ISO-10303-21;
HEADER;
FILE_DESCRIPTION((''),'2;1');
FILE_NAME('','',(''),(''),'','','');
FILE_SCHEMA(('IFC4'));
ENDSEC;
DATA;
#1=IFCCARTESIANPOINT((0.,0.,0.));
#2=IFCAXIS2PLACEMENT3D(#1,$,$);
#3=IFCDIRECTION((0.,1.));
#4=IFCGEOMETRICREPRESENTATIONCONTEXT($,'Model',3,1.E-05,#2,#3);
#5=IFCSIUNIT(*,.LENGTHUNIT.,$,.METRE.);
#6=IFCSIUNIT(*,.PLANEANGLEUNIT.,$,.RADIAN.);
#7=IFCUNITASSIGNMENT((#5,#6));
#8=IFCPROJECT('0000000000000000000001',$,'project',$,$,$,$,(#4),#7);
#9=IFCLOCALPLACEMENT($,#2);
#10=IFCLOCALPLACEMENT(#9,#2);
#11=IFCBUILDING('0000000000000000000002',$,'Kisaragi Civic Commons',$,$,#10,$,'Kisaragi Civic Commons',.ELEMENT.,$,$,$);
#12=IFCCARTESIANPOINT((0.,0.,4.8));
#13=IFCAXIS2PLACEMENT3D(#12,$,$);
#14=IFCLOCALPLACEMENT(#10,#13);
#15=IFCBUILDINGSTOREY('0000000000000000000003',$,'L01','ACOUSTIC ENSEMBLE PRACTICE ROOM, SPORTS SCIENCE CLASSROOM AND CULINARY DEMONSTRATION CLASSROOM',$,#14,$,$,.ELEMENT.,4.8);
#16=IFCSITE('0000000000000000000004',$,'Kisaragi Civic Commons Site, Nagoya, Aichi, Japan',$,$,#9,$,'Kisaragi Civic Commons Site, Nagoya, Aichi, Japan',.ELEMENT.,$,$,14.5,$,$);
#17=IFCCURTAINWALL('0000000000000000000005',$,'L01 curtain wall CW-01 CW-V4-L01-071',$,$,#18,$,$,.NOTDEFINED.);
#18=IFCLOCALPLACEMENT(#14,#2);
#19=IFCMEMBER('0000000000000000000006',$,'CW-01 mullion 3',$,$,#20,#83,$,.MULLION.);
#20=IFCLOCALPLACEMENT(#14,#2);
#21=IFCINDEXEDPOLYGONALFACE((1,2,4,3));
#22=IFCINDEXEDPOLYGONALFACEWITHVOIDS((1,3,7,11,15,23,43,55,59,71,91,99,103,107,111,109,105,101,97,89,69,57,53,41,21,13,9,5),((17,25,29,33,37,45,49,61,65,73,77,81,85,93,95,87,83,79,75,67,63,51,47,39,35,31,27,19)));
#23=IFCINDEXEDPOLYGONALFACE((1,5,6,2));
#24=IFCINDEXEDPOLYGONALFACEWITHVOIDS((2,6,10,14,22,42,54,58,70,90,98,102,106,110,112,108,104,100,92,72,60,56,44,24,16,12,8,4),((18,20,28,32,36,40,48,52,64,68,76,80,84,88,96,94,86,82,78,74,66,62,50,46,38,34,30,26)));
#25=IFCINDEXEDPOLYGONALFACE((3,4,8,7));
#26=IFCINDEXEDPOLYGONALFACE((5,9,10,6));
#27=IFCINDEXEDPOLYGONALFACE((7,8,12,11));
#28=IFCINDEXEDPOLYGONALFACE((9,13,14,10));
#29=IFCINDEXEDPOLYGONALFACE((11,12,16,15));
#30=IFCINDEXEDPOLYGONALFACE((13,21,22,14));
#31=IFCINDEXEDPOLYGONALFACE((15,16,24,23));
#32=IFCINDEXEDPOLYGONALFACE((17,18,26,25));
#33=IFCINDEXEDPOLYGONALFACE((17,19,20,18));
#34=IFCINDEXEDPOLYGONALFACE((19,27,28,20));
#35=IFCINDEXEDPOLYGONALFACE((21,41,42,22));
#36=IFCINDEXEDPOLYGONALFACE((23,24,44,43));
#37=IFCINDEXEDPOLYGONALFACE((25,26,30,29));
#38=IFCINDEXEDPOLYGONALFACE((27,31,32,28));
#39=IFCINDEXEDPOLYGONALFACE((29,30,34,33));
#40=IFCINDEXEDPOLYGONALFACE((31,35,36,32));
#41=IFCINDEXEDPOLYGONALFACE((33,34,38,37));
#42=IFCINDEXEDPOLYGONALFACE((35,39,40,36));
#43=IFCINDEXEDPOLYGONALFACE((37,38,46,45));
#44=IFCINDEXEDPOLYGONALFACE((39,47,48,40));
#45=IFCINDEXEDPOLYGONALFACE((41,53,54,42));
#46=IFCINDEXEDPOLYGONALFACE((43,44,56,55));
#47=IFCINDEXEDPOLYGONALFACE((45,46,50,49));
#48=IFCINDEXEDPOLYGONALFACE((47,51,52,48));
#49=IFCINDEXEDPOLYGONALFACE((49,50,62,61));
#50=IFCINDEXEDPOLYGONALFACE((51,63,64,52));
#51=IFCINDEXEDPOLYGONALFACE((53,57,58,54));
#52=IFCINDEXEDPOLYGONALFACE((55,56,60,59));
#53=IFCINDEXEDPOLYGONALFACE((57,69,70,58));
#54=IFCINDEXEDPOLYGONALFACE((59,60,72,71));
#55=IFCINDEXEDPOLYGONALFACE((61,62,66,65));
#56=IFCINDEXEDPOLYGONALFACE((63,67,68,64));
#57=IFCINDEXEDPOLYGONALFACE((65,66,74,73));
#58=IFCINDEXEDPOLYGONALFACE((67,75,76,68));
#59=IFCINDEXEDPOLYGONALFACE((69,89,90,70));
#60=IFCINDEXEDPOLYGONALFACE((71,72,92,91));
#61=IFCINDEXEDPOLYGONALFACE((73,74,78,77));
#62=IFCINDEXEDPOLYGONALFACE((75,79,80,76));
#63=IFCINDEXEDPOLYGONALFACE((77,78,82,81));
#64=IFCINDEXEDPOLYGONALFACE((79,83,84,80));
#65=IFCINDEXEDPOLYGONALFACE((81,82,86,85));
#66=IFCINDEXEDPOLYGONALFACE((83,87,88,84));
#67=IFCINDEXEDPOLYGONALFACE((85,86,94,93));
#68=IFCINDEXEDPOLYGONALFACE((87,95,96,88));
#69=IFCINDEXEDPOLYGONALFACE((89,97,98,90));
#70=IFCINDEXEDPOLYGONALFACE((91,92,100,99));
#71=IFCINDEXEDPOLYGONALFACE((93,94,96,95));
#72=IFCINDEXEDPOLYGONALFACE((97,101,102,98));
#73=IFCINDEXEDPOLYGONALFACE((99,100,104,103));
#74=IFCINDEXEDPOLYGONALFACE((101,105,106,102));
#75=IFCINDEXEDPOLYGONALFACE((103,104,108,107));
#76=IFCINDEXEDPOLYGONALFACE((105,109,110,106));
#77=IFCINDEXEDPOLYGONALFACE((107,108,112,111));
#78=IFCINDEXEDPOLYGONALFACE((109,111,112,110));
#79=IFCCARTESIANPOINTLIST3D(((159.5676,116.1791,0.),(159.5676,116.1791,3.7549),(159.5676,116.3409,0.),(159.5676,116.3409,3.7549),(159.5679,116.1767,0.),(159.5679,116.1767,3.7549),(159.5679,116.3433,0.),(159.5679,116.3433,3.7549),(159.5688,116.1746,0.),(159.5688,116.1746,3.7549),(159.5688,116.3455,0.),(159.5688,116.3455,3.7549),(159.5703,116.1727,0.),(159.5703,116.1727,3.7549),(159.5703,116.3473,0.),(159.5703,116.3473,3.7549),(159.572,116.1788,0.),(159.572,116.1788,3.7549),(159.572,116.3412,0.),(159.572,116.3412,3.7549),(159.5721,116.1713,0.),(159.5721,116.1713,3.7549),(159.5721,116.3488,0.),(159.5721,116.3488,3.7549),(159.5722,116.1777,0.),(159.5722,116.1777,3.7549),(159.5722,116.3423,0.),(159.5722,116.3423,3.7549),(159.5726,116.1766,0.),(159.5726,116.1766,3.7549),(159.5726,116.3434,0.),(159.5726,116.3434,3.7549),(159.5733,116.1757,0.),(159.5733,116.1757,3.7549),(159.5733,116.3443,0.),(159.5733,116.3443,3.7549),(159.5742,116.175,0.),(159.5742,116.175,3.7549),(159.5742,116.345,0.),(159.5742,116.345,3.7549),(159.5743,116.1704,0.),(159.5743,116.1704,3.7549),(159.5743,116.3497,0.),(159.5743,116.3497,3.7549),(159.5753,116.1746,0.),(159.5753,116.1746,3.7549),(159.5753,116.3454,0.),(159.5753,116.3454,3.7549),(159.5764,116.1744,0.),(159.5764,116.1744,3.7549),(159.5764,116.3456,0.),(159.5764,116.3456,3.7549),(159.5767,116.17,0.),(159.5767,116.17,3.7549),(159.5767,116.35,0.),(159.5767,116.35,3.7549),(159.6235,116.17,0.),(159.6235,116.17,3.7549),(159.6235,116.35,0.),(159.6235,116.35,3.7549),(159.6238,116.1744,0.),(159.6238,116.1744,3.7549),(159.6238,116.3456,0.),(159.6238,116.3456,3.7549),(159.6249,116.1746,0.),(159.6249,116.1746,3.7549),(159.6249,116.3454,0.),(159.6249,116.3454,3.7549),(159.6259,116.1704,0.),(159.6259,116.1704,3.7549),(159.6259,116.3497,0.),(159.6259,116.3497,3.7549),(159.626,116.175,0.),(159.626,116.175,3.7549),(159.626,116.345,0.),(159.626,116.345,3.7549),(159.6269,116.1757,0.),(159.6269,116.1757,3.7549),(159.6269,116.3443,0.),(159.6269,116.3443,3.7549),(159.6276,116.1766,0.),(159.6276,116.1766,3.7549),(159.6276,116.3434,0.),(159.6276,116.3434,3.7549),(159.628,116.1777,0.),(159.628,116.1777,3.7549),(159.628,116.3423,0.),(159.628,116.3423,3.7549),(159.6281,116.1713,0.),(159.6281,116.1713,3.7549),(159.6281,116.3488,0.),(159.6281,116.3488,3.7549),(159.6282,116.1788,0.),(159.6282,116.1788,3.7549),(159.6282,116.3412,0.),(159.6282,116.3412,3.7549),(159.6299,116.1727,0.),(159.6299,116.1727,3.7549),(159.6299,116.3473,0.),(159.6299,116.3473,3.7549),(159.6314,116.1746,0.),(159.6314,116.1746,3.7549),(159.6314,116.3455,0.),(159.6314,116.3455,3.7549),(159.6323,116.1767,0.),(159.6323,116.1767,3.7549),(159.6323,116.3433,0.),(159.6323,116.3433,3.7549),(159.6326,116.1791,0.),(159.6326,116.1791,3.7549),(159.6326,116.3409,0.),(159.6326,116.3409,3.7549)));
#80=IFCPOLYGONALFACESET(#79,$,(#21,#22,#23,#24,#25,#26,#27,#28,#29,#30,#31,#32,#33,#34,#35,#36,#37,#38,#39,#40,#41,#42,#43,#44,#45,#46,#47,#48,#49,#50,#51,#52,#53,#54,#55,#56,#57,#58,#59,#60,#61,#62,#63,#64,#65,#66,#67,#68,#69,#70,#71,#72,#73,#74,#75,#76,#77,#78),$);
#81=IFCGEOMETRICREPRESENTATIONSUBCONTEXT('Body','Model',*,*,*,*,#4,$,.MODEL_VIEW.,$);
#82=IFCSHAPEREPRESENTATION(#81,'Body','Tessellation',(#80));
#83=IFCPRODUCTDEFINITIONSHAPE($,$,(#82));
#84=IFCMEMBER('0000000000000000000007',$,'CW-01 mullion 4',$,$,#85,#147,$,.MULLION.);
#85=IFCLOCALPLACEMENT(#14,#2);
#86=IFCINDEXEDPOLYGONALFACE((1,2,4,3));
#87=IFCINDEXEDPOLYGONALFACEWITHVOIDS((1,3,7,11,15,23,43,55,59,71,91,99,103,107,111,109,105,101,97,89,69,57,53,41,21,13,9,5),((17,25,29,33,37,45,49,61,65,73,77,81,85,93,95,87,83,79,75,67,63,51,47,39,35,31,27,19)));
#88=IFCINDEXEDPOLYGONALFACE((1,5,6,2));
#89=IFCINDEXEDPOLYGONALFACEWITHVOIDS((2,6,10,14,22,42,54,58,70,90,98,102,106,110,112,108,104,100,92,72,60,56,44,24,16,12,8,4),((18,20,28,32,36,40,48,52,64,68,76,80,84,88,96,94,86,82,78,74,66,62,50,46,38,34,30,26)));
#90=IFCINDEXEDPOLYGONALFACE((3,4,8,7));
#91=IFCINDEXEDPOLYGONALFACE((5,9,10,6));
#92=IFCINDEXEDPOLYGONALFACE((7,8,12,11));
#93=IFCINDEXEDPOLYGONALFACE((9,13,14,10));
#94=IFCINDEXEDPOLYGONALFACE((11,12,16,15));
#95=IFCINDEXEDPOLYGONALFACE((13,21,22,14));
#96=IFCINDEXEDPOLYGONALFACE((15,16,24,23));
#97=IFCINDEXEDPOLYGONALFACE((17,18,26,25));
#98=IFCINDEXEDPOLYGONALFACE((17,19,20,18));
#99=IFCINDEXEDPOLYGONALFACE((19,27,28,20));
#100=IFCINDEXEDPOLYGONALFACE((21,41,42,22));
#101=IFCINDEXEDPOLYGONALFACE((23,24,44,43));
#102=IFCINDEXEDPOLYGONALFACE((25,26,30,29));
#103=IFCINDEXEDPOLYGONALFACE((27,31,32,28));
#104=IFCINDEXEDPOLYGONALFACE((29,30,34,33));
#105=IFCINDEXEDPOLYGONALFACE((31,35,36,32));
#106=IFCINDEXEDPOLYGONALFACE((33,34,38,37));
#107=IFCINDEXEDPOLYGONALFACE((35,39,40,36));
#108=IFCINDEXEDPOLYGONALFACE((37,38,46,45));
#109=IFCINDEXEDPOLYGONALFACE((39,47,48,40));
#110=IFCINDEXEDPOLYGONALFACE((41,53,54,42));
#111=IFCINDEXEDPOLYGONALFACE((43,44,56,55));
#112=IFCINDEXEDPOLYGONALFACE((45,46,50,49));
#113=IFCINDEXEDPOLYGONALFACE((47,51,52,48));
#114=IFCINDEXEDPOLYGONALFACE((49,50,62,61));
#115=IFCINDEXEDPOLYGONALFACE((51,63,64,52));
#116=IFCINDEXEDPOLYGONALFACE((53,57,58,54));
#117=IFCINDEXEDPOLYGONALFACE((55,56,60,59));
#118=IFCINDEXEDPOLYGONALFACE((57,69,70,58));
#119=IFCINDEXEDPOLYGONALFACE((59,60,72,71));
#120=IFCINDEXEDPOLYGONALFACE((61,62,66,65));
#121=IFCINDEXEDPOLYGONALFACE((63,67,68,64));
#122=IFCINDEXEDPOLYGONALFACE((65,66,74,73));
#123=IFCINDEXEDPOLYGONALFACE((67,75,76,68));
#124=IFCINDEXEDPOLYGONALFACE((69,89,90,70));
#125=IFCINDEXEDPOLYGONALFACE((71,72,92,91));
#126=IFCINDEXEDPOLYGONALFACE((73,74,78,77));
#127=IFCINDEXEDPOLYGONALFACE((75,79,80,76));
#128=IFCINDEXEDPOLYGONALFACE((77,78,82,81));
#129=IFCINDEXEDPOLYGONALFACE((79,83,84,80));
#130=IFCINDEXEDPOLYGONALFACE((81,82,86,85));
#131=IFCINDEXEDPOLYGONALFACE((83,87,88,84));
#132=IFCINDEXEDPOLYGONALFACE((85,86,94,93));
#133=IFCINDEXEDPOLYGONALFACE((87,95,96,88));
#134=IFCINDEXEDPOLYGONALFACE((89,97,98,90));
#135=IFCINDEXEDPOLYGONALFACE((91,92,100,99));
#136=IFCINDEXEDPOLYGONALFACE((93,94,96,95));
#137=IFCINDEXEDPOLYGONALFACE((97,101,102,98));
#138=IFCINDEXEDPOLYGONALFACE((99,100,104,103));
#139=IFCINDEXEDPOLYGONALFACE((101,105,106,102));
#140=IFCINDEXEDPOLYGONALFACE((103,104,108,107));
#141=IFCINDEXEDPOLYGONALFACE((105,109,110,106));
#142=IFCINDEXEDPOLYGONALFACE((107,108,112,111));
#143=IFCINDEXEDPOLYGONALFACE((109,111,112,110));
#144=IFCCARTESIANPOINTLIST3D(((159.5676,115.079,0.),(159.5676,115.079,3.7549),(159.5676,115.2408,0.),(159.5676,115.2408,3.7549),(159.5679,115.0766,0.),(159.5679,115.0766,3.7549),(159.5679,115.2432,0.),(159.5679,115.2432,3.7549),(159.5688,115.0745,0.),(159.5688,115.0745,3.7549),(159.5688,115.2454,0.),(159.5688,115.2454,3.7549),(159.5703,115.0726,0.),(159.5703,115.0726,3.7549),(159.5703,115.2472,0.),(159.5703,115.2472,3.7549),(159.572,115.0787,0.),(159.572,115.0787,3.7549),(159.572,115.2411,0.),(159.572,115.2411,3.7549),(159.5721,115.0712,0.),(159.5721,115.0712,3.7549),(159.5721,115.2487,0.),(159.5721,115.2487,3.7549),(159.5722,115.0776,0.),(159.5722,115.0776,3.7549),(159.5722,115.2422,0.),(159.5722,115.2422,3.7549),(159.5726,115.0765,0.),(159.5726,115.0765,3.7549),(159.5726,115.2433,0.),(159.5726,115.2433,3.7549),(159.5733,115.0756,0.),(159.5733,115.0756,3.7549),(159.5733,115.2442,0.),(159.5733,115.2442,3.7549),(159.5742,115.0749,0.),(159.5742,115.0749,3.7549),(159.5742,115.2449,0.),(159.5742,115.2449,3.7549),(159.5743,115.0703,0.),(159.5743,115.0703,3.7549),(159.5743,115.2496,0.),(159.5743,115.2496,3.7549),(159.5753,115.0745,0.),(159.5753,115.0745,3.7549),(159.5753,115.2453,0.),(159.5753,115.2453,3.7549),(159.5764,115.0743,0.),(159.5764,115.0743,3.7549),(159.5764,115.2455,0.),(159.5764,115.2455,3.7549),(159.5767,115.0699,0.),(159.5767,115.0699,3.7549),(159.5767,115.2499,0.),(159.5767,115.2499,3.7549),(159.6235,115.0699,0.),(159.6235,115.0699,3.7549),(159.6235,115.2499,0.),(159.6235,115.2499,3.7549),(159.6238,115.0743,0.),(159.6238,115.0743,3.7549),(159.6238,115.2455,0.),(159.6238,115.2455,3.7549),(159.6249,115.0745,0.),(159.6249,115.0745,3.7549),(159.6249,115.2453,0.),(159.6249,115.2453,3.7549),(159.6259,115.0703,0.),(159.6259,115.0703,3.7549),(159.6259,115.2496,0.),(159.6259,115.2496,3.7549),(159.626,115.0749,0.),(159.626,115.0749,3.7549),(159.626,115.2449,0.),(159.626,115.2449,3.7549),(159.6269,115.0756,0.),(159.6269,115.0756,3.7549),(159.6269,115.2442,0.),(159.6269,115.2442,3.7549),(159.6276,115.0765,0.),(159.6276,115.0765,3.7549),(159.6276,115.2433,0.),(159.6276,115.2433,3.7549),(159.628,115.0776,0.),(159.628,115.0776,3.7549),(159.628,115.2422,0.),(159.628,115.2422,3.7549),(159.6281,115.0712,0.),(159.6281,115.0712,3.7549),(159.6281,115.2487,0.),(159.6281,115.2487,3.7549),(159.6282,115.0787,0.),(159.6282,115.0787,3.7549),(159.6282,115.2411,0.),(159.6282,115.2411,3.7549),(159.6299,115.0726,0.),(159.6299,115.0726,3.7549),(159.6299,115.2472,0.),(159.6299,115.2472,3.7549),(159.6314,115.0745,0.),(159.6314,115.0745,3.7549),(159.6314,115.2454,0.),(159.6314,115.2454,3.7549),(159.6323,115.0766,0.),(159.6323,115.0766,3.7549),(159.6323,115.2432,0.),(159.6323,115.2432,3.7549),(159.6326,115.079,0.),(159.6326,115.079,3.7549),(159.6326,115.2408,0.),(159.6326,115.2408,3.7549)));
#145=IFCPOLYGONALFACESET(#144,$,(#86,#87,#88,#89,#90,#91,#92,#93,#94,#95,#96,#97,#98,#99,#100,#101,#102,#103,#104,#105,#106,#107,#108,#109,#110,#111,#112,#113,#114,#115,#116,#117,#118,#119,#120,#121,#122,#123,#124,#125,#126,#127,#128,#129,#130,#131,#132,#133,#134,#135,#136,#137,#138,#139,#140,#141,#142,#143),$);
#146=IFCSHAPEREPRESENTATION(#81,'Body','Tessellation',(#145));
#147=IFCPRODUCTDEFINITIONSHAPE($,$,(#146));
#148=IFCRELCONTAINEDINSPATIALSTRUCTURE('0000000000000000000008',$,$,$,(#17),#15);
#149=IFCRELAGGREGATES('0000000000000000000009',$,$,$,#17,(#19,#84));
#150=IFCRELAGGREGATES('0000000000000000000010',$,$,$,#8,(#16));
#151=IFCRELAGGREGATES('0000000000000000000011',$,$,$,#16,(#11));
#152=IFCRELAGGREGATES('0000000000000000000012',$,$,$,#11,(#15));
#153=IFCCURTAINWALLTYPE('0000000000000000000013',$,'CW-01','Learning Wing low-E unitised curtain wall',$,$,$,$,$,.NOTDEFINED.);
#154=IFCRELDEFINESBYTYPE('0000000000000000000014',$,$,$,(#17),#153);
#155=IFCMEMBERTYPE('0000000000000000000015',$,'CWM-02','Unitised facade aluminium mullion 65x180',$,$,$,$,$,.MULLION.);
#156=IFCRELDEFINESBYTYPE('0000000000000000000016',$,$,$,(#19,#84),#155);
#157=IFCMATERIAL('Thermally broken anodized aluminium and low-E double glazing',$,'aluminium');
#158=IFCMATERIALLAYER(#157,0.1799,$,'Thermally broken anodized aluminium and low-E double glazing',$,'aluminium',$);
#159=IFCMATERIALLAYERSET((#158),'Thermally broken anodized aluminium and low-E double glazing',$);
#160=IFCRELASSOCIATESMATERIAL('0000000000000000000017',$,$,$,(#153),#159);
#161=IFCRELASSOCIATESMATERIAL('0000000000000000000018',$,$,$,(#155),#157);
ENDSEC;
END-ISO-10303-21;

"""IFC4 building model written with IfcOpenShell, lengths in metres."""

from ifc_helpers import new_model, si_unit, direction, frame, origin, origin_2d, place, context, subcontext, project, spatial, hollow_rectangle, extrude, material, layer, layer_set, material_profile, profile_set, type_object, element, aggregate, save


model = new_model("IFC4")

# Units and contexts
model_context = context("Model", 3, precision=1e-05, world=origin(), true_north=direction((0.0, 1.0)))
body_context = subcontext(model_context, "Body", "Model", "MODEL_VIEW")
ifc_project = project(units=[si_unit("LENGTHUNIT", "METRE"), si_unit("PLANEANGLEUNIT", "RADIAN")], contexts=[model_context])

# Site, building, storey
site_placement = place(None, origin())
site = spatial("IfcSite", under=ifc_project, at=site_placement, Name="Kisaragi Civic Commons Site, Nagoya, Aichi, Japan", LongName="Kisaragi Civic Commons Site, Nagoya, Aichi, Japan", CompositionType="ELEMENT", RefElevation=14.5)
building_placement = place(site_placement, origin())
building = spatial("IfcBuilding", under=site, at=building_placement, Name="Kisaragi Civic Commons", LongName="Kisaragi Civic Commons", CompositionType="ELEMENT")
storey_placement = place(building_placement, frame((0.0, 0.0, 4.8)))
storey = spatial("IfcBuildingStorey", under=building, at=storey_placement, Name="L01", Description="ACOUSTIC ENSEMBLE PRACTICE ROOM, SPORTS SCIENCE CLASSROOM AND CULINARY DEMONSTRATION CLASSROOM", CompositionType="ELEMENT", Elevation=4.8)

# Curtain wall, members
ifc_material_1 = material(Name="Thermally broken anodized aluminium and low-E double glazing", Category="aluminium")
ifc_layer_1 = layer(ifc_material_1, 0.1799, Name="Thermally broken anodized aluminium and low-E double glazing", Category="aluminium")
ifc_layer_set_1 = layer_set([ifc_layer_1], Name="Thermally broken anodized aluminium and low-E double glazing")
curtain_wall_type = type_object("IfcCurtainWallType", Name="CW-01", Description="Learning Wing low-E unitised curtain wall", PredefinedType="NOTDEFINED", material=ifc_layer_set_1)
curtain_wall_placement = place(storey_placement, origin())
curtain_wall = element("IfcCurtainWall", 1, at=curtain_wall_placement, inside=storey, type_object=curtain_wall_type, Name="L01 curtain wall CW-01 CW-V4-L01-071", PredefinedType="NOTDEFINED")
ifc_material_profile_1 = material_profile(ifc_material_1, hollow_rectangle(XDim=0.0649, YDim=0.1799, WallThickness=0.0044, InnerFilletRadius=0.0044, OuterFilletRadius=0.009, at=origin_2d()), Name="CWM-65x180x4.5", Category="aluminium")
ifc_profile_set_1 = profile_set([ifc_material_profile_1], Name="Thermally broken anodized aluminium and low-E double glazing")
member_type_1 = type_object("IfcMemberType", Name="CWM-02", Description="Unitised facade aluminium mullion 65x180", PredefinedType="MULLION", material=ifc_profile_set_1)
member_1_placement = place(storey_placement, frame((159.6001, 116.26, 0.0), z_axis=(0.0, 0.0, 1.0), x_axis=(1.0, 0.0, 0.0)))
member_1 = element("IfcMember", 2, at=member_1_placement, type_object=member_type_1, Name="CW-01 mullion 3", PredefinedType="MULLION", context=body_context, shape_type="SweptSolid", body=[
    extrude(hollow_rectangle(XDim=0.0649, YDim=0.1799, WallThickness=0.0044, InnerFilletRadius=0.0044, OuterFilletRadius=0.009, at=origin_2d()), origin(), (0.0, 0.0, 1.0), 3.7549),
])
member_2_placement = place(storey_placement, frame((159.6001, 115.1599, 0.0), z_axis=(0.0, 0.0, 1.0), x_axis=(1.0, 0.0, 0.0)))
member_2 = element("IfcMember", 3, at=member_2_placement, type_object=member_type_1, Name="CW-01 mullion 4", PredefinedType="MULLION", context=body_context, shape_type="SweptSolid", body=[
    extrude(hollow_rectangle(XDim=0.0649, YDim=0.1799, WallThickness=0.0044, InnerFilletRadius=0.0044, OuterFilletRadius=0.009, at=origin_2d()), origin(), (0.0, 0.0, 1.0), 3.7549),
])
aggregate(curtain_wall, [member_1, member_2])

save(model, "model.ifc")
